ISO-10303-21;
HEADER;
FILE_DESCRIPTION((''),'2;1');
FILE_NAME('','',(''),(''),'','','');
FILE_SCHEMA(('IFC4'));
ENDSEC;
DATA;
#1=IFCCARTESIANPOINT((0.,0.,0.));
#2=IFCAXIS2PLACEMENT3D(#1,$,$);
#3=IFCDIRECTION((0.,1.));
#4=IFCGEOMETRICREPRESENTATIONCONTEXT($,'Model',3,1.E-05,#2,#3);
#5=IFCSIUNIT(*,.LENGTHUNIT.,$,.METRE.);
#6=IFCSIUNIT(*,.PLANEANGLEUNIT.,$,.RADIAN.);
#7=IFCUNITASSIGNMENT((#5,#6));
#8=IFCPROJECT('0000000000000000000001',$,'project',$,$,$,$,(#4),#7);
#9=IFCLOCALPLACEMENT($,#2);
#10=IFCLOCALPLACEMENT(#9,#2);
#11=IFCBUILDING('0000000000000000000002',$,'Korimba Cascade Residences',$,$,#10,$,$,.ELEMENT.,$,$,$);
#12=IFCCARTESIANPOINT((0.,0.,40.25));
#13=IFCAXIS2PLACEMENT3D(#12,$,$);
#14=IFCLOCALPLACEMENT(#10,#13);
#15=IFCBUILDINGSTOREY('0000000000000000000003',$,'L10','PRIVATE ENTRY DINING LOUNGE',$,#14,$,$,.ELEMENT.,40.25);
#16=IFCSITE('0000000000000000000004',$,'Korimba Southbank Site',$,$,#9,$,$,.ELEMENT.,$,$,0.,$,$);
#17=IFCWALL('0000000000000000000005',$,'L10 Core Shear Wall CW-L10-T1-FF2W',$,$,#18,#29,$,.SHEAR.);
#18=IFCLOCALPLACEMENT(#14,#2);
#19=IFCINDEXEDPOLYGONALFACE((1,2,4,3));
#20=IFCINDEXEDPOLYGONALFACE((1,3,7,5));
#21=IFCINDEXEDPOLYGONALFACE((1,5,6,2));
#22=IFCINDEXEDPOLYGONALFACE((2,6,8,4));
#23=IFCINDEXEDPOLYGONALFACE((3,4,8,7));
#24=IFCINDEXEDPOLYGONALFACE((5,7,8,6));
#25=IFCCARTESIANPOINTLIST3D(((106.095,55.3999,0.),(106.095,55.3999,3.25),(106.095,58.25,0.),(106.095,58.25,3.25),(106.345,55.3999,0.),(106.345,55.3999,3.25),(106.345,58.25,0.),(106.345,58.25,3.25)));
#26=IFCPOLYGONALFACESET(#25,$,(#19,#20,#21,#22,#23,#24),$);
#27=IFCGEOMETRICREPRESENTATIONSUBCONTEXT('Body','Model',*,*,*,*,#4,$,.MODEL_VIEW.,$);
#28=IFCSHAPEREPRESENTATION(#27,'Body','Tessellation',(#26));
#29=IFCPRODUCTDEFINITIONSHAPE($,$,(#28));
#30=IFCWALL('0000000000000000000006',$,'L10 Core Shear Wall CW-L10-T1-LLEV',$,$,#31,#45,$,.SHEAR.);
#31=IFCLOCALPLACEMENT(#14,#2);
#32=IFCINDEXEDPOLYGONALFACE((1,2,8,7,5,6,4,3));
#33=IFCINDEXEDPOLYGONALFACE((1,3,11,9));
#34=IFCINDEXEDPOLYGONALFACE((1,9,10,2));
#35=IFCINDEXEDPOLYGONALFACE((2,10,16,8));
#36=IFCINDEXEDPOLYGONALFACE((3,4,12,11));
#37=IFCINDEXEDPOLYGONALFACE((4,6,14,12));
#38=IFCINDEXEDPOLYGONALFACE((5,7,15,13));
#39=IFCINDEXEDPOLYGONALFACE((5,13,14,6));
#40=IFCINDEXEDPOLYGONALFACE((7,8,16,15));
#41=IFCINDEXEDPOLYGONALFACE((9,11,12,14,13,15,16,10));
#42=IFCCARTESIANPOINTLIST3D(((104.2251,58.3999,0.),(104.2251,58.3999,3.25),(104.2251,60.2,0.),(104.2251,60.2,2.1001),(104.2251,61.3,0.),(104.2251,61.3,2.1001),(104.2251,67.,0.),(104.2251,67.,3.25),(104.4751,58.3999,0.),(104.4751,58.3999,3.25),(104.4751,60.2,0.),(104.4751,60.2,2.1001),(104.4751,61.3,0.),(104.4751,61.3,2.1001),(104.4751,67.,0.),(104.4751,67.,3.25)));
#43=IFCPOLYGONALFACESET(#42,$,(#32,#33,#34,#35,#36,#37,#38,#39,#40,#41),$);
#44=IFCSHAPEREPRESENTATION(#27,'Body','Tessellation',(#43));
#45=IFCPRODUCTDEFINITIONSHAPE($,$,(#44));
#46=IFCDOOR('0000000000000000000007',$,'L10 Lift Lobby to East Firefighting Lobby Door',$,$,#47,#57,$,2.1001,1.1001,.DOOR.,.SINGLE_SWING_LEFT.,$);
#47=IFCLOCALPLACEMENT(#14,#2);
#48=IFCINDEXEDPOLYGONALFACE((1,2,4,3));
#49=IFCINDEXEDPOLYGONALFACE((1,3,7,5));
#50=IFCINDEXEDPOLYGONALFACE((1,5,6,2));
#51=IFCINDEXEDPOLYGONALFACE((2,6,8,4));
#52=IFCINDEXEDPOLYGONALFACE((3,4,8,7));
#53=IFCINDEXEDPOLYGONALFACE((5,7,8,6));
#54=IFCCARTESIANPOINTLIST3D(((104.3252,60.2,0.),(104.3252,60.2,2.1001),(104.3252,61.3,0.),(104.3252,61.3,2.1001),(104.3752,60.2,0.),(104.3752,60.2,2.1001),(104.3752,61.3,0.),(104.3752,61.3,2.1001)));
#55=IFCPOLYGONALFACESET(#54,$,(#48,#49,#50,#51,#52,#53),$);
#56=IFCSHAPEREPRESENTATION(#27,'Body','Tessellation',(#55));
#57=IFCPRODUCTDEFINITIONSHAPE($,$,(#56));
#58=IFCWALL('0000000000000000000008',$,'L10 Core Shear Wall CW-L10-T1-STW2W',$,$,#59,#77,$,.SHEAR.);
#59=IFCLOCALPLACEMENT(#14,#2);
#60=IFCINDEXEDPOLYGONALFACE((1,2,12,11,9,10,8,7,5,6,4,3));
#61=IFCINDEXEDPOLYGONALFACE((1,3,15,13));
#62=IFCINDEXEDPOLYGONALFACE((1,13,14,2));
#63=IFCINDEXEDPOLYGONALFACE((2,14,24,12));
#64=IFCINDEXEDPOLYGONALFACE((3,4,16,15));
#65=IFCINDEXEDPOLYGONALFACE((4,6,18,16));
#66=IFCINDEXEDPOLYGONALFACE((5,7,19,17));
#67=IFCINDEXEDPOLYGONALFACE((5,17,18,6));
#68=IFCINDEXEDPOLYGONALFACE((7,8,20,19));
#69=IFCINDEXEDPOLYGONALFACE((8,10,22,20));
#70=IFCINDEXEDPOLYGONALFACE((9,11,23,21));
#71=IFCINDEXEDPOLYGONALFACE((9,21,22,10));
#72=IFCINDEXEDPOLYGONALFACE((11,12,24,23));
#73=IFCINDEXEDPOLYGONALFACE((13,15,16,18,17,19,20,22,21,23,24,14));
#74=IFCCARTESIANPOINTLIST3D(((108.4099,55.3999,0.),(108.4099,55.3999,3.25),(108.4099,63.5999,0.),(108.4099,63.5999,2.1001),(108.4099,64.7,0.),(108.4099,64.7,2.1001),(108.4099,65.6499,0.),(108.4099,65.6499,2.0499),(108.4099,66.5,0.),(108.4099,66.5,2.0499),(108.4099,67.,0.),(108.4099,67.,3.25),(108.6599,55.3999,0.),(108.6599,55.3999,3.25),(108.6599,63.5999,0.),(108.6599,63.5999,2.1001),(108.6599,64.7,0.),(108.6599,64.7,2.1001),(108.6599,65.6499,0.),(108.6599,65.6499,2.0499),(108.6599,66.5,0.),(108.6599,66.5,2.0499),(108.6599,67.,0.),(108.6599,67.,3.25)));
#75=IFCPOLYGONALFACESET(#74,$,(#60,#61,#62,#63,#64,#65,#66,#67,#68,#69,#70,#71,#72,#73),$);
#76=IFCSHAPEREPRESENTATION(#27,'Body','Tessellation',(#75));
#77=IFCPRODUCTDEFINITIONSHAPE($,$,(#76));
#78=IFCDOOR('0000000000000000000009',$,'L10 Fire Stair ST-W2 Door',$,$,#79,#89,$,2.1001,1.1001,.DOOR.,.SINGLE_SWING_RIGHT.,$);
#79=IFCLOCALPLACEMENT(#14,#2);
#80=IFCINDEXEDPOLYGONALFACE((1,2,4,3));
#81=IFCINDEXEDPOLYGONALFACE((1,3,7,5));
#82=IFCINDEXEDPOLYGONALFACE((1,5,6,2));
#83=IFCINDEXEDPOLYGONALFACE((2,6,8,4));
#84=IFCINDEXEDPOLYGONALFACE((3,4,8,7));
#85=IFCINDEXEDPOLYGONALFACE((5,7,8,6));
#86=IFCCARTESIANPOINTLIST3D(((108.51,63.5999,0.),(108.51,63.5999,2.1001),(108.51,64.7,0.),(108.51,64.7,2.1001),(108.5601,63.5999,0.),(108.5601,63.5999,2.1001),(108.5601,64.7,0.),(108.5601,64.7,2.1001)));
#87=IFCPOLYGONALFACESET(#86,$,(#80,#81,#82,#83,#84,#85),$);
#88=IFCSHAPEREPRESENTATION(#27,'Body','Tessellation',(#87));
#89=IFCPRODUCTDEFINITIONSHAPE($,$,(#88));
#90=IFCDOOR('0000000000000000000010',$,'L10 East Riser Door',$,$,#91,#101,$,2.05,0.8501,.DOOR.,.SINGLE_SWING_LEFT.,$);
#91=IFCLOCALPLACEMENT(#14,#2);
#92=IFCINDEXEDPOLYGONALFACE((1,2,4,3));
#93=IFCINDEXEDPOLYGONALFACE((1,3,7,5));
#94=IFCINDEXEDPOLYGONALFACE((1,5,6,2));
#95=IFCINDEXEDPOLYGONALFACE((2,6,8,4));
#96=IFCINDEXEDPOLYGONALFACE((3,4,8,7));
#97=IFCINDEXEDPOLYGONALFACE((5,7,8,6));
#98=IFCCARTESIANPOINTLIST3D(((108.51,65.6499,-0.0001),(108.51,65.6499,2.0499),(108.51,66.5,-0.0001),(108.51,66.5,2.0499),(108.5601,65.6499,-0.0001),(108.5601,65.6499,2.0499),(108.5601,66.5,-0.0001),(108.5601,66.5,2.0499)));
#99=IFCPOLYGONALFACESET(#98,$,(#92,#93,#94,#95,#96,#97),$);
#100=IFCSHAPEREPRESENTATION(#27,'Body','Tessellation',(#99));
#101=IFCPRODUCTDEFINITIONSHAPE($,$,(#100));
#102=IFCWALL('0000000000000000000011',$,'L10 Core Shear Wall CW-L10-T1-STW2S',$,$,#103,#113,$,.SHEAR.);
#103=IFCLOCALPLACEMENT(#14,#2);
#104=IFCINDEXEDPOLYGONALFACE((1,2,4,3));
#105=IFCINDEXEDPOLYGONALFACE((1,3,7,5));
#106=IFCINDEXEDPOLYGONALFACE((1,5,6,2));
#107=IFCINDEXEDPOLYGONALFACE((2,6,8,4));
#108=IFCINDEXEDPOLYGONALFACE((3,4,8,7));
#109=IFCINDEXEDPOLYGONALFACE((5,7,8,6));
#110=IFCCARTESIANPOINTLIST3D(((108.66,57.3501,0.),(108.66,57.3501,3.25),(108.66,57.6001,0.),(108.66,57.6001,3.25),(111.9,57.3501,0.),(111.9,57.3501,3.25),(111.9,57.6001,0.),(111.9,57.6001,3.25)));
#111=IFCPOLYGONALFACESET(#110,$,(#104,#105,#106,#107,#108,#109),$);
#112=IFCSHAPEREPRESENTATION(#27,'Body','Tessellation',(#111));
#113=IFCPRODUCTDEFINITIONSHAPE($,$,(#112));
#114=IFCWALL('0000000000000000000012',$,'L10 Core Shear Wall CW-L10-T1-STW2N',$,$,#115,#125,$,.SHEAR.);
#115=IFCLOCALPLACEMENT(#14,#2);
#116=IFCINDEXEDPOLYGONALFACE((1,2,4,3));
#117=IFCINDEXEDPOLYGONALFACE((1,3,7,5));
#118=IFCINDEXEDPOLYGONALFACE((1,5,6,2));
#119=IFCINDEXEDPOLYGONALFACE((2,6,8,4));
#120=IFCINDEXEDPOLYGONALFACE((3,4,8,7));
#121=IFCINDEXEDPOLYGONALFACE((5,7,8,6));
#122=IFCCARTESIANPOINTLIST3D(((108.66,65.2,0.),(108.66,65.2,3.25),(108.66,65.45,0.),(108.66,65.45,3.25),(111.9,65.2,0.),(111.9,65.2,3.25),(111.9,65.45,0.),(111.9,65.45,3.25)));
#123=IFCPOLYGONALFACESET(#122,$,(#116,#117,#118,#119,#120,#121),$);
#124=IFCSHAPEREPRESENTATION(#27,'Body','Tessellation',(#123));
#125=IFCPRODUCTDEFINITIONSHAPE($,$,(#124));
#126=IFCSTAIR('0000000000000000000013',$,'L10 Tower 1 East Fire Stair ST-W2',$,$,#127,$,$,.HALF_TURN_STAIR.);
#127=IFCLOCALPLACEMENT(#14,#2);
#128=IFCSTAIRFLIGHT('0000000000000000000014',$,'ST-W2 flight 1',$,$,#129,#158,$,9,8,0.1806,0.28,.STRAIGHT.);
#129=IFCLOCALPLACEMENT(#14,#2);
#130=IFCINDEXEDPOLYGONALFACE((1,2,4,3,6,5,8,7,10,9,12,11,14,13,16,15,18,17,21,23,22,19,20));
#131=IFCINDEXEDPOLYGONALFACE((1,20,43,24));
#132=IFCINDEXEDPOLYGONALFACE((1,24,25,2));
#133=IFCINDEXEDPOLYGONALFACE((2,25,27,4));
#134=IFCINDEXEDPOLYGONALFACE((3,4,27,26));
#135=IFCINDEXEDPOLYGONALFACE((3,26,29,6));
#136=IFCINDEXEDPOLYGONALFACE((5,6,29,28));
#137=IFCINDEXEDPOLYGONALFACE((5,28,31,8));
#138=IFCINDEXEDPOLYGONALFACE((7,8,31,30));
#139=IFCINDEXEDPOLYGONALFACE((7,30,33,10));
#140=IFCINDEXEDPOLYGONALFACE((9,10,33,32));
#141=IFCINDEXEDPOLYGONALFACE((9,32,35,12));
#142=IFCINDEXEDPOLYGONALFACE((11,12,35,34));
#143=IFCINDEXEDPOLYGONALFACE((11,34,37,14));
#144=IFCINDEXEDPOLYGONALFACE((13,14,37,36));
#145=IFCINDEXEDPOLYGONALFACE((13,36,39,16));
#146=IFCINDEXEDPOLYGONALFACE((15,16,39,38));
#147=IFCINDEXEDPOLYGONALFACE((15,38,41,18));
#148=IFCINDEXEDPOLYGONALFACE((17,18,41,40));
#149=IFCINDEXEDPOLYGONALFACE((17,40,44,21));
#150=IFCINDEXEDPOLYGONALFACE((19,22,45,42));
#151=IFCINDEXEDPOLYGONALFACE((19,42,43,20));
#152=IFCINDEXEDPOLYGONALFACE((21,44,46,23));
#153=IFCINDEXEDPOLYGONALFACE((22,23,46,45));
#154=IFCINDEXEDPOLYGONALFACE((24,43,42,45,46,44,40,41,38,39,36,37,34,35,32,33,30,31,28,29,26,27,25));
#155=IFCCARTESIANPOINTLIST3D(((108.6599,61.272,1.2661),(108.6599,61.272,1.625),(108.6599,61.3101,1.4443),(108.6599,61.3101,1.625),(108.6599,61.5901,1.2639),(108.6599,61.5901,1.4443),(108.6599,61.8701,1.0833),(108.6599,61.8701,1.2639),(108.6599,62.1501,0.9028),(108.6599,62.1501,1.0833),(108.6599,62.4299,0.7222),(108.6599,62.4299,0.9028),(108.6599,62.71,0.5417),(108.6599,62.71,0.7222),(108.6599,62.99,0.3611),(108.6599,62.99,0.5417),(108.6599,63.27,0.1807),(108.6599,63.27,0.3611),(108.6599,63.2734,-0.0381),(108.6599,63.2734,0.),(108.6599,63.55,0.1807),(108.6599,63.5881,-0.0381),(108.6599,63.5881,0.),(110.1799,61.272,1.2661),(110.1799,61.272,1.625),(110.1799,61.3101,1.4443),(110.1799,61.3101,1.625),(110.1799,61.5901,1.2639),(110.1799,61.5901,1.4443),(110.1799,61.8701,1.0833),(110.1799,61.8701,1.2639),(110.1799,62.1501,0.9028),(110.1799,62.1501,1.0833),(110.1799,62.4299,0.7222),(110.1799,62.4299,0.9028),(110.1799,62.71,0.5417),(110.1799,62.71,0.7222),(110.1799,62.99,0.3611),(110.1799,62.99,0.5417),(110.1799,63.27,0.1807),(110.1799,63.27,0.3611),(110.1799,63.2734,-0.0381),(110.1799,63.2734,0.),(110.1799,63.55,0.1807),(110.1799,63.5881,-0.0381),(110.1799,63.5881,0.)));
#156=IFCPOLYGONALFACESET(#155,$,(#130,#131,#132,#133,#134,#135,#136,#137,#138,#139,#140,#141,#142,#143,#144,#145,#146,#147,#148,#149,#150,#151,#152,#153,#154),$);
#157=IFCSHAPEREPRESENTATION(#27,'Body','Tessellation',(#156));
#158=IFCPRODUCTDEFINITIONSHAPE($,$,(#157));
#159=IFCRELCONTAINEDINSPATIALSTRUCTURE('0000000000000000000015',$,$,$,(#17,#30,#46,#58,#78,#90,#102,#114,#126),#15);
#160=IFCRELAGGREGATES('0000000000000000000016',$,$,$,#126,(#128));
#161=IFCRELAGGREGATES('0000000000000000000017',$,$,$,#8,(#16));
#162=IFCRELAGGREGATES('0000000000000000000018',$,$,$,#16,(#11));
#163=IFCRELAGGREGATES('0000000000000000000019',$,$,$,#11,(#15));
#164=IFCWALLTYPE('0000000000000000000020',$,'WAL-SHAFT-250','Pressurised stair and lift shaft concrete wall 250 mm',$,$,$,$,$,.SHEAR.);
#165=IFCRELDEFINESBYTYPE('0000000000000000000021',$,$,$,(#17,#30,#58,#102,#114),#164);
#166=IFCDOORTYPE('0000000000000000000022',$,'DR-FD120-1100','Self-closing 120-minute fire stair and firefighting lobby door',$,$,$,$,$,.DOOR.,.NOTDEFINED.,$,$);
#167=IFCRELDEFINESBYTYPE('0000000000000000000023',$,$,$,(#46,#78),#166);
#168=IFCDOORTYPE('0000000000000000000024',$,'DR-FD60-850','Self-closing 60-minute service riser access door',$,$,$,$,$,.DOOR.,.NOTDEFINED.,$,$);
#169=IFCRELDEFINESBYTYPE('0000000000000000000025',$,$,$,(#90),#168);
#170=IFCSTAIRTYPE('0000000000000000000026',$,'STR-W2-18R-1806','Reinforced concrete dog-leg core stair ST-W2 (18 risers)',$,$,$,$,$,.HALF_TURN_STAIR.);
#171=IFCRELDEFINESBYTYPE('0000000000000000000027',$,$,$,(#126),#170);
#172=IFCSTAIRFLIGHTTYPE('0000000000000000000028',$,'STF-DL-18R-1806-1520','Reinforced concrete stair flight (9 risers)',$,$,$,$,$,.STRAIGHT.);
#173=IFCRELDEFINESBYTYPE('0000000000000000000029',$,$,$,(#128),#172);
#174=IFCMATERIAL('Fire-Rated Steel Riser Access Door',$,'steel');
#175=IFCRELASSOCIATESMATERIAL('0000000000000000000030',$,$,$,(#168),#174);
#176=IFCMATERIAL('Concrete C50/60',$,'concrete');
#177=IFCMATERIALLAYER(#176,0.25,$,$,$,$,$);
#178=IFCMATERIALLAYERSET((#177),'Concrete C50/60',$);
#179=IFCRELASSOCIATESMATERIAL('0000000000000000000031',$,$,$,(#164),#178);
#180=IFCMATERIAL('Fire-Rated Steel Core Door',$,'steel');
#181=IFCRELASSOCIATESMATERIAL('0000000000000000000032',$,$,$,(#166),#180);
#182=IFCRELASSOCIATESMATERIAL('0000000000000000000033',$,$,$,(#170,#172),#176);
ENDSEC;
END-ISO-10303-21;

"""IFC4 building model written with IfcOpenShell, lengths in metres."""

from ifc_helpers import new_model, si_unit, direction, frame, frame_2d, origin, place, context, subcontext, project, spatial, polyline, rectangle, outline, extrude, material, layer, layer_set, type_object, element, fill, aggregate, save


model = new_model("IFC4")

# Units and contexts
model_context = context("Model", 3, precision=1e-05, world=origin(), true_north=direction((0.0, 1.0)))
body_context = subcontext(model_context, "Body", "Model", "MODEL_VIEW")
ifc_project = project(units=[si_unit("LENGTHUNIT", "METRE"), si_unit("PLANEANGLEUNIT", "RADIAN")], contexts=[model_context])

# Site, building, storey
site_placement = place(None, origin())
site = spatial("IfcSite", under=ifc_project, at=site_placement, Name="Korimba Southbank Site", CompositionType="ELEMENT", RefElevation=0.0)
building_placement = place(site_placement, origin())
building = spatial("IfcBuilding", under=site, at=building_placement, Name="Korimba Cascade Residences", CompositionType="ELEMENT")
storey_placement = place(building_placement, frame((0.0, 0.0, 40.25)))
storey = spatial("IfcBuildingStorey", under=building, at=storey_placement, Name="L10", Description="PRIVATE ENTRY DINING LOUNGE", CompositionType="ELEMENT", Elevation=40.25)

# Shared definitions
ifc_material_1 = material(Name="Concrete C50/60", Category="concrete")

# Shared definitions
ifc_material_2 = material(Name="Fire-Rated Steel Riser Access Door", Category="steel")
door_type_1 = type_object("IfcDoorType", Name="DR-FD60-850", Description="Self-closing 60-minute service riser access door", OperationType="NOTDEFINED", PredefinedType="DOOR", material=ifc_material_2)

# Wall
ifc_layer_1 = layer(ifc_material_1, 0.25)
ifc_layer_set_1 = layer_set([ifc_layer_1], Name="Concrete C50/60")
wall_type_1 = type_object("IfcWallType", Name="WAL-SHAFT-250", Description="Pressurised stair and lift shaft concrete wall 250 mm", PredefinedType="SHEAR", material=ifc_layer_set_1)
wall_1_placement = place(storey_placement, frame((106.22, 55.3999, 0.0), z_axis=(0.0, 0.0, 1.0), x_axis=(0.0, 1.0, 0.0)))
element("IfcWall", 1, at=wall_1_placement, inside=storey, type_object=wall_type_1, Name="L10 Core Shear Wall CW-L10-T1-FF2W", PredefinedType="SHEAR", context=body_context, shape_type="SweptSolid", body=[
    extrude(rectangle(XDim=2.8501, YDim=0.25, at=frame_2d((1.425, 0.0))), origin(), (0.0, 0.0, 1.0), 3.25),
])

# Wall, opening, door
wall_2_placement = place(storey_placement, frame((104.3501, 58.3999, 0.0), z_axis=(0.0, 0.0, 1.0), x_axis=(0.0, 1.0, 0.0)))
wall_2 = element("IfcWall", 2, at=wall_2_placement, inside=storey, type_object=wall_type_1, Name="L10 Core Shear Wall CW-L10-T1-LLEV", PredefinedType="SHEAR", context=body_context, shape_type="SweptSolid", body=[
    extrude(rectangle(XDim=8.6001, YDim=0.25, at=frame_2d((4.3, 0.0))), origin(), (0.0, 0.0, 1.0), 3.25),
])
opening_1_placement = place(wall_2_placement, frame((1.8, 0.0, 0.0)))
opening_1 = element("IfcOpeningElement", 3, at=opening_1_placement, cuts=wall_2, PredefinedType="OPENING", context=body_context, shape_type="SweptSolid", body=[
    extrude(rectangle(XDim=1.1001, YDim=2.1001, at=frame_2d((0.55, 1.05))), frame((0.0, 0.135, 0.0), z_axis=(0.0, -1.0, 0.0), x_axis=(1.0, 0.0, 0.0)), (0.0, 0.0, 1.0), 0.27),
])
ifc_material_3 = material(Name="Fire-Rated Steel Core Door", Category="steel")
door_type_2 = type_object("IfcDoorType", Name="DR-FD120-1100", Description="Self-closing 120-minute fire stair and firefighting lobby door", OperationType="NOTDEFINED", PredefinedType="DOOR", material=ifc_material_3)
door_1_placement = place(opening_1_placement, origin())
door_1 = element("IfcDoor", 4, at=door_1_placement, inside=storey, type_object=door_type_2, Name="L10 Lift Lobby to East Firefighting Lobby Door", OperationType="SINGLE_SWING_LEFT", OverallHeight=2.1001, OverallWidth=1.1001, PredefinedType="DOOR", context=body_context, shape_type="SweptSolid", body=[
    extrude(rectangle(XDim=1.1001, YDim=2.1001, at=frame_2d((0.55, 1.05))), frame((0.0, 0.0249, 0.0), z_axis=(0.0, -1.0, 0.0), x_axis=(1.0, 0.0, 0.0)), (0.0, 0.0, 1.0), 0.05),
])
fill(opening_1, door_1)

# Wall, openings, doors
wall_3_placement = place(storey_placement, frame((108.5349, 55.3999, 0.0), z_axis=(0.0, 0.0, 1.0), x_axis=(0.0, 1.0, 0.0)))
wall_3 = element("IfcWall", 5, at=wall_3_placement, inside=storey, type_object=wall_type_1, Name="L10 Core Shear Wall CW-L10-T1-STW2W", PredefinedType="SHEAR", context=body_context, shape_type="SweptSolid", body=[
    extrude(rectangle(XDim=11.6001, YDim=0.25, at=frame_2d((5.8, 0.0))), origin(), (0.0, 0.0, 1.0), 3.25),
])
opening_2_placement = place(wall_3_placement, frame((8.2, 0.0, 0.0)))
opening_2 = element("IfcOpeningElement", 6, at=opening_2_placement, cuts=wall_3, PredefinedType="OPENING", context=body_context, shape_type="SweptSolid", body=[
    extrude(rectangle(XDim=1.1001, YDim=2.1001, at=frame_2d((0.55, 1.05))), frame((0.0, 0.135, 0.0), z_axis=(0.0, -1.0, 0.0), x_axis=(1.0, 0.0, 0.0)), (0.0, 0.0, 1.0), 0.27),
])
opening_3_placement = place(wall_3_placement, frame((10.25, 0.0, 0.0)))
opening_3 = element("IfcOpeningElement", 7, at=opening_3_placement, cuts=wall_3, PredefinedType="OPENING", context=body_context, shape_type="SweptSolid", body=[
    extrude(rectangle(XDim=0.8501, YDim=2.05, at=frame_2d((0.425, 1.0249))), frame((0.0, 0.135, 0.0), z_axis=(0.0, -1.0, 0.0), x_axis=(1.0, 0.0, 0.0)), (0.0, 0.0, 1.0), 0.27),
])
door_2_placement = place(opening_2_placement, origin())
door_2 = element("IfcDoor", 8, at=door_2_placement, inside=storey, type_object=door_type_2, Name="L10 Fire Stair ST-W2 Door", OperationType="SINGLE_SWING_RIGHT", OverallHeight=2.1001, OverallWidth=1.1001, PredefinedType="DOOR", context=body_context, shape_type="SweptSolid", body=[
    extrude(rectangle(XDim=1.1001, YDim=2.1001, at=frame_2d((0.55, 1.05))), frame((0.0, 0.0249, 0.0), z_axis=(0.0, -1.0, 0.0), x_axis=(1.0, 0.0, 0.0)), (0.0, 0.0, 1.0), 0.05),
])
fill(opening_2, door_2)
door_3_placement = place(opening_3_placement, origin())
door_3 = element("IfcDoor", 9, at=door_3_placement, inside=storey, type_object=door_type_1, Name="L10 East Riser Door", OperationType="SINGLE_SWING_LEFT", OverallHeight=2.05, OverallWidth=0.8501, PredefinedType="DOOR", context=body_context, shape_type="SweptSolid", body=[
    extrude(rectangle(XDim=0.8501, YDim=2.05, at=frame_2d((0.425, 1.0249))), frame((0.0, 0.0249, 0.0), z_axis=(0.0, -1.0, 0.0), x_axis=(1.0, 0.0, 0.0)), (0.0, 0.0, 1.0), 0.05),
])
fill(opening_3, door_3)

# Walls
for number, where, z_axis, x_axis, name in (
    (10, (108.6599, 57.4751, 0.0), (0.0, 0.0, 1.0), (1.0, 0.0, 0.0), "L10 Core Shear Wall CW-L10-T1-STW2S"),
    (11, (108.6599, 65.325, 0.0), (0.0, 0.0, 1.0), (1.0, 0.0, 0.0), "L10 Core Shear Wall CW-L10-T1-STW2N"),
):
    element("IfcWall", number, at=place(storey_placement, frame(where, z_axis=z_axis, x_axis=x_axis)), inside=storey, type_object=wall_type_1, Name=name, PredefinedType="SHEAR", context=body_context, shape_type="SweptSolid", body=[
        extrude(rectangle(XDim=3.24, YDim=0.25, at=frame_2d((1.6201, 0.0))), origin(), (0.0, 0.0, 1.0), 3.25),
    ])

# Stair, stair flight
stair_type = type_object("IfcStairType", Name="STR-W2-18R-1806", Description="Reinforced concrete dog-leg core stair ST-W2 (18 risers)", PredefinedType="HALF_TURN_STAIR", material=ifc_material_1)
stair_placement = place(storey_placement, origin())
stair = element("IfcStair", 12, at=stair_placement, inside=storey, type_object=stair_type, Name="L10 Tower 1 East Fire Stair ST-W2", PredefinedType="HALF_TURN_STAIR")
stair_flight_type = type_object("IfcStairFlightType", Name="STF-DL-18R-1806-1520", Description="Reinforced concrete stair flight (9 risers)", PredefinedType="STRAIGHT", material=ifc_material_1)
stair_flight_1_placement = place(storey_placement, frame((109.4199, 63.55, 0.0), z_axis=(0.0, 0.0, 1.0), x_axis=(0.0, -1.0, 0.0)))
stair_flight_1 = element("IfcStairFlight", 13, at=stair_flight_1_placement, type_object=stair_flight_type, Name="ST-W2 flight 1", NumberOfRisers=9, NumberOfTreads=8, PredefinedType="STRAIGHT", RiserHeight=0.1806, TreadLength=0.28, context=body_context, shape_type="SweptSolid", body=[
    extrude(outline(polyline([(-0.0381, 0.0), (0.0, 0.1807), (0.28, 0.1807), (0.28, 0.3611), (0.5601, 0.3611), (0.5601, 0.5417), (0.8401, 0.5417), (0.8401, 0.7222), (1.1201, 0.7222), (1.1201, 0.9028), (1.3999, 0.9028), (1.3999, 1.0833), (1.6799, 1.0833), (1.6799, 1.2639), (1.96, 1.2639), (1.96, 1.4443), (2.24, 1.4443), (2.24, 1.625), (2.2781, 1.625), (2.2781, 1.2661), (0.2766, 0.0), (0.2766, -0.0381), (-0.0381, -0.0381), (-0.0381, 0.0)])), frame((0.0, 0.76, 0.0), z_axis=(0.0, -1.0, 0.0), x_axis=(1.0, 0.0, 0.0)), (0.0, 0.0, 1.0), 1.52),
])
aggregate(stair, [stair_flight_1])

save(model, "model.ifc")
